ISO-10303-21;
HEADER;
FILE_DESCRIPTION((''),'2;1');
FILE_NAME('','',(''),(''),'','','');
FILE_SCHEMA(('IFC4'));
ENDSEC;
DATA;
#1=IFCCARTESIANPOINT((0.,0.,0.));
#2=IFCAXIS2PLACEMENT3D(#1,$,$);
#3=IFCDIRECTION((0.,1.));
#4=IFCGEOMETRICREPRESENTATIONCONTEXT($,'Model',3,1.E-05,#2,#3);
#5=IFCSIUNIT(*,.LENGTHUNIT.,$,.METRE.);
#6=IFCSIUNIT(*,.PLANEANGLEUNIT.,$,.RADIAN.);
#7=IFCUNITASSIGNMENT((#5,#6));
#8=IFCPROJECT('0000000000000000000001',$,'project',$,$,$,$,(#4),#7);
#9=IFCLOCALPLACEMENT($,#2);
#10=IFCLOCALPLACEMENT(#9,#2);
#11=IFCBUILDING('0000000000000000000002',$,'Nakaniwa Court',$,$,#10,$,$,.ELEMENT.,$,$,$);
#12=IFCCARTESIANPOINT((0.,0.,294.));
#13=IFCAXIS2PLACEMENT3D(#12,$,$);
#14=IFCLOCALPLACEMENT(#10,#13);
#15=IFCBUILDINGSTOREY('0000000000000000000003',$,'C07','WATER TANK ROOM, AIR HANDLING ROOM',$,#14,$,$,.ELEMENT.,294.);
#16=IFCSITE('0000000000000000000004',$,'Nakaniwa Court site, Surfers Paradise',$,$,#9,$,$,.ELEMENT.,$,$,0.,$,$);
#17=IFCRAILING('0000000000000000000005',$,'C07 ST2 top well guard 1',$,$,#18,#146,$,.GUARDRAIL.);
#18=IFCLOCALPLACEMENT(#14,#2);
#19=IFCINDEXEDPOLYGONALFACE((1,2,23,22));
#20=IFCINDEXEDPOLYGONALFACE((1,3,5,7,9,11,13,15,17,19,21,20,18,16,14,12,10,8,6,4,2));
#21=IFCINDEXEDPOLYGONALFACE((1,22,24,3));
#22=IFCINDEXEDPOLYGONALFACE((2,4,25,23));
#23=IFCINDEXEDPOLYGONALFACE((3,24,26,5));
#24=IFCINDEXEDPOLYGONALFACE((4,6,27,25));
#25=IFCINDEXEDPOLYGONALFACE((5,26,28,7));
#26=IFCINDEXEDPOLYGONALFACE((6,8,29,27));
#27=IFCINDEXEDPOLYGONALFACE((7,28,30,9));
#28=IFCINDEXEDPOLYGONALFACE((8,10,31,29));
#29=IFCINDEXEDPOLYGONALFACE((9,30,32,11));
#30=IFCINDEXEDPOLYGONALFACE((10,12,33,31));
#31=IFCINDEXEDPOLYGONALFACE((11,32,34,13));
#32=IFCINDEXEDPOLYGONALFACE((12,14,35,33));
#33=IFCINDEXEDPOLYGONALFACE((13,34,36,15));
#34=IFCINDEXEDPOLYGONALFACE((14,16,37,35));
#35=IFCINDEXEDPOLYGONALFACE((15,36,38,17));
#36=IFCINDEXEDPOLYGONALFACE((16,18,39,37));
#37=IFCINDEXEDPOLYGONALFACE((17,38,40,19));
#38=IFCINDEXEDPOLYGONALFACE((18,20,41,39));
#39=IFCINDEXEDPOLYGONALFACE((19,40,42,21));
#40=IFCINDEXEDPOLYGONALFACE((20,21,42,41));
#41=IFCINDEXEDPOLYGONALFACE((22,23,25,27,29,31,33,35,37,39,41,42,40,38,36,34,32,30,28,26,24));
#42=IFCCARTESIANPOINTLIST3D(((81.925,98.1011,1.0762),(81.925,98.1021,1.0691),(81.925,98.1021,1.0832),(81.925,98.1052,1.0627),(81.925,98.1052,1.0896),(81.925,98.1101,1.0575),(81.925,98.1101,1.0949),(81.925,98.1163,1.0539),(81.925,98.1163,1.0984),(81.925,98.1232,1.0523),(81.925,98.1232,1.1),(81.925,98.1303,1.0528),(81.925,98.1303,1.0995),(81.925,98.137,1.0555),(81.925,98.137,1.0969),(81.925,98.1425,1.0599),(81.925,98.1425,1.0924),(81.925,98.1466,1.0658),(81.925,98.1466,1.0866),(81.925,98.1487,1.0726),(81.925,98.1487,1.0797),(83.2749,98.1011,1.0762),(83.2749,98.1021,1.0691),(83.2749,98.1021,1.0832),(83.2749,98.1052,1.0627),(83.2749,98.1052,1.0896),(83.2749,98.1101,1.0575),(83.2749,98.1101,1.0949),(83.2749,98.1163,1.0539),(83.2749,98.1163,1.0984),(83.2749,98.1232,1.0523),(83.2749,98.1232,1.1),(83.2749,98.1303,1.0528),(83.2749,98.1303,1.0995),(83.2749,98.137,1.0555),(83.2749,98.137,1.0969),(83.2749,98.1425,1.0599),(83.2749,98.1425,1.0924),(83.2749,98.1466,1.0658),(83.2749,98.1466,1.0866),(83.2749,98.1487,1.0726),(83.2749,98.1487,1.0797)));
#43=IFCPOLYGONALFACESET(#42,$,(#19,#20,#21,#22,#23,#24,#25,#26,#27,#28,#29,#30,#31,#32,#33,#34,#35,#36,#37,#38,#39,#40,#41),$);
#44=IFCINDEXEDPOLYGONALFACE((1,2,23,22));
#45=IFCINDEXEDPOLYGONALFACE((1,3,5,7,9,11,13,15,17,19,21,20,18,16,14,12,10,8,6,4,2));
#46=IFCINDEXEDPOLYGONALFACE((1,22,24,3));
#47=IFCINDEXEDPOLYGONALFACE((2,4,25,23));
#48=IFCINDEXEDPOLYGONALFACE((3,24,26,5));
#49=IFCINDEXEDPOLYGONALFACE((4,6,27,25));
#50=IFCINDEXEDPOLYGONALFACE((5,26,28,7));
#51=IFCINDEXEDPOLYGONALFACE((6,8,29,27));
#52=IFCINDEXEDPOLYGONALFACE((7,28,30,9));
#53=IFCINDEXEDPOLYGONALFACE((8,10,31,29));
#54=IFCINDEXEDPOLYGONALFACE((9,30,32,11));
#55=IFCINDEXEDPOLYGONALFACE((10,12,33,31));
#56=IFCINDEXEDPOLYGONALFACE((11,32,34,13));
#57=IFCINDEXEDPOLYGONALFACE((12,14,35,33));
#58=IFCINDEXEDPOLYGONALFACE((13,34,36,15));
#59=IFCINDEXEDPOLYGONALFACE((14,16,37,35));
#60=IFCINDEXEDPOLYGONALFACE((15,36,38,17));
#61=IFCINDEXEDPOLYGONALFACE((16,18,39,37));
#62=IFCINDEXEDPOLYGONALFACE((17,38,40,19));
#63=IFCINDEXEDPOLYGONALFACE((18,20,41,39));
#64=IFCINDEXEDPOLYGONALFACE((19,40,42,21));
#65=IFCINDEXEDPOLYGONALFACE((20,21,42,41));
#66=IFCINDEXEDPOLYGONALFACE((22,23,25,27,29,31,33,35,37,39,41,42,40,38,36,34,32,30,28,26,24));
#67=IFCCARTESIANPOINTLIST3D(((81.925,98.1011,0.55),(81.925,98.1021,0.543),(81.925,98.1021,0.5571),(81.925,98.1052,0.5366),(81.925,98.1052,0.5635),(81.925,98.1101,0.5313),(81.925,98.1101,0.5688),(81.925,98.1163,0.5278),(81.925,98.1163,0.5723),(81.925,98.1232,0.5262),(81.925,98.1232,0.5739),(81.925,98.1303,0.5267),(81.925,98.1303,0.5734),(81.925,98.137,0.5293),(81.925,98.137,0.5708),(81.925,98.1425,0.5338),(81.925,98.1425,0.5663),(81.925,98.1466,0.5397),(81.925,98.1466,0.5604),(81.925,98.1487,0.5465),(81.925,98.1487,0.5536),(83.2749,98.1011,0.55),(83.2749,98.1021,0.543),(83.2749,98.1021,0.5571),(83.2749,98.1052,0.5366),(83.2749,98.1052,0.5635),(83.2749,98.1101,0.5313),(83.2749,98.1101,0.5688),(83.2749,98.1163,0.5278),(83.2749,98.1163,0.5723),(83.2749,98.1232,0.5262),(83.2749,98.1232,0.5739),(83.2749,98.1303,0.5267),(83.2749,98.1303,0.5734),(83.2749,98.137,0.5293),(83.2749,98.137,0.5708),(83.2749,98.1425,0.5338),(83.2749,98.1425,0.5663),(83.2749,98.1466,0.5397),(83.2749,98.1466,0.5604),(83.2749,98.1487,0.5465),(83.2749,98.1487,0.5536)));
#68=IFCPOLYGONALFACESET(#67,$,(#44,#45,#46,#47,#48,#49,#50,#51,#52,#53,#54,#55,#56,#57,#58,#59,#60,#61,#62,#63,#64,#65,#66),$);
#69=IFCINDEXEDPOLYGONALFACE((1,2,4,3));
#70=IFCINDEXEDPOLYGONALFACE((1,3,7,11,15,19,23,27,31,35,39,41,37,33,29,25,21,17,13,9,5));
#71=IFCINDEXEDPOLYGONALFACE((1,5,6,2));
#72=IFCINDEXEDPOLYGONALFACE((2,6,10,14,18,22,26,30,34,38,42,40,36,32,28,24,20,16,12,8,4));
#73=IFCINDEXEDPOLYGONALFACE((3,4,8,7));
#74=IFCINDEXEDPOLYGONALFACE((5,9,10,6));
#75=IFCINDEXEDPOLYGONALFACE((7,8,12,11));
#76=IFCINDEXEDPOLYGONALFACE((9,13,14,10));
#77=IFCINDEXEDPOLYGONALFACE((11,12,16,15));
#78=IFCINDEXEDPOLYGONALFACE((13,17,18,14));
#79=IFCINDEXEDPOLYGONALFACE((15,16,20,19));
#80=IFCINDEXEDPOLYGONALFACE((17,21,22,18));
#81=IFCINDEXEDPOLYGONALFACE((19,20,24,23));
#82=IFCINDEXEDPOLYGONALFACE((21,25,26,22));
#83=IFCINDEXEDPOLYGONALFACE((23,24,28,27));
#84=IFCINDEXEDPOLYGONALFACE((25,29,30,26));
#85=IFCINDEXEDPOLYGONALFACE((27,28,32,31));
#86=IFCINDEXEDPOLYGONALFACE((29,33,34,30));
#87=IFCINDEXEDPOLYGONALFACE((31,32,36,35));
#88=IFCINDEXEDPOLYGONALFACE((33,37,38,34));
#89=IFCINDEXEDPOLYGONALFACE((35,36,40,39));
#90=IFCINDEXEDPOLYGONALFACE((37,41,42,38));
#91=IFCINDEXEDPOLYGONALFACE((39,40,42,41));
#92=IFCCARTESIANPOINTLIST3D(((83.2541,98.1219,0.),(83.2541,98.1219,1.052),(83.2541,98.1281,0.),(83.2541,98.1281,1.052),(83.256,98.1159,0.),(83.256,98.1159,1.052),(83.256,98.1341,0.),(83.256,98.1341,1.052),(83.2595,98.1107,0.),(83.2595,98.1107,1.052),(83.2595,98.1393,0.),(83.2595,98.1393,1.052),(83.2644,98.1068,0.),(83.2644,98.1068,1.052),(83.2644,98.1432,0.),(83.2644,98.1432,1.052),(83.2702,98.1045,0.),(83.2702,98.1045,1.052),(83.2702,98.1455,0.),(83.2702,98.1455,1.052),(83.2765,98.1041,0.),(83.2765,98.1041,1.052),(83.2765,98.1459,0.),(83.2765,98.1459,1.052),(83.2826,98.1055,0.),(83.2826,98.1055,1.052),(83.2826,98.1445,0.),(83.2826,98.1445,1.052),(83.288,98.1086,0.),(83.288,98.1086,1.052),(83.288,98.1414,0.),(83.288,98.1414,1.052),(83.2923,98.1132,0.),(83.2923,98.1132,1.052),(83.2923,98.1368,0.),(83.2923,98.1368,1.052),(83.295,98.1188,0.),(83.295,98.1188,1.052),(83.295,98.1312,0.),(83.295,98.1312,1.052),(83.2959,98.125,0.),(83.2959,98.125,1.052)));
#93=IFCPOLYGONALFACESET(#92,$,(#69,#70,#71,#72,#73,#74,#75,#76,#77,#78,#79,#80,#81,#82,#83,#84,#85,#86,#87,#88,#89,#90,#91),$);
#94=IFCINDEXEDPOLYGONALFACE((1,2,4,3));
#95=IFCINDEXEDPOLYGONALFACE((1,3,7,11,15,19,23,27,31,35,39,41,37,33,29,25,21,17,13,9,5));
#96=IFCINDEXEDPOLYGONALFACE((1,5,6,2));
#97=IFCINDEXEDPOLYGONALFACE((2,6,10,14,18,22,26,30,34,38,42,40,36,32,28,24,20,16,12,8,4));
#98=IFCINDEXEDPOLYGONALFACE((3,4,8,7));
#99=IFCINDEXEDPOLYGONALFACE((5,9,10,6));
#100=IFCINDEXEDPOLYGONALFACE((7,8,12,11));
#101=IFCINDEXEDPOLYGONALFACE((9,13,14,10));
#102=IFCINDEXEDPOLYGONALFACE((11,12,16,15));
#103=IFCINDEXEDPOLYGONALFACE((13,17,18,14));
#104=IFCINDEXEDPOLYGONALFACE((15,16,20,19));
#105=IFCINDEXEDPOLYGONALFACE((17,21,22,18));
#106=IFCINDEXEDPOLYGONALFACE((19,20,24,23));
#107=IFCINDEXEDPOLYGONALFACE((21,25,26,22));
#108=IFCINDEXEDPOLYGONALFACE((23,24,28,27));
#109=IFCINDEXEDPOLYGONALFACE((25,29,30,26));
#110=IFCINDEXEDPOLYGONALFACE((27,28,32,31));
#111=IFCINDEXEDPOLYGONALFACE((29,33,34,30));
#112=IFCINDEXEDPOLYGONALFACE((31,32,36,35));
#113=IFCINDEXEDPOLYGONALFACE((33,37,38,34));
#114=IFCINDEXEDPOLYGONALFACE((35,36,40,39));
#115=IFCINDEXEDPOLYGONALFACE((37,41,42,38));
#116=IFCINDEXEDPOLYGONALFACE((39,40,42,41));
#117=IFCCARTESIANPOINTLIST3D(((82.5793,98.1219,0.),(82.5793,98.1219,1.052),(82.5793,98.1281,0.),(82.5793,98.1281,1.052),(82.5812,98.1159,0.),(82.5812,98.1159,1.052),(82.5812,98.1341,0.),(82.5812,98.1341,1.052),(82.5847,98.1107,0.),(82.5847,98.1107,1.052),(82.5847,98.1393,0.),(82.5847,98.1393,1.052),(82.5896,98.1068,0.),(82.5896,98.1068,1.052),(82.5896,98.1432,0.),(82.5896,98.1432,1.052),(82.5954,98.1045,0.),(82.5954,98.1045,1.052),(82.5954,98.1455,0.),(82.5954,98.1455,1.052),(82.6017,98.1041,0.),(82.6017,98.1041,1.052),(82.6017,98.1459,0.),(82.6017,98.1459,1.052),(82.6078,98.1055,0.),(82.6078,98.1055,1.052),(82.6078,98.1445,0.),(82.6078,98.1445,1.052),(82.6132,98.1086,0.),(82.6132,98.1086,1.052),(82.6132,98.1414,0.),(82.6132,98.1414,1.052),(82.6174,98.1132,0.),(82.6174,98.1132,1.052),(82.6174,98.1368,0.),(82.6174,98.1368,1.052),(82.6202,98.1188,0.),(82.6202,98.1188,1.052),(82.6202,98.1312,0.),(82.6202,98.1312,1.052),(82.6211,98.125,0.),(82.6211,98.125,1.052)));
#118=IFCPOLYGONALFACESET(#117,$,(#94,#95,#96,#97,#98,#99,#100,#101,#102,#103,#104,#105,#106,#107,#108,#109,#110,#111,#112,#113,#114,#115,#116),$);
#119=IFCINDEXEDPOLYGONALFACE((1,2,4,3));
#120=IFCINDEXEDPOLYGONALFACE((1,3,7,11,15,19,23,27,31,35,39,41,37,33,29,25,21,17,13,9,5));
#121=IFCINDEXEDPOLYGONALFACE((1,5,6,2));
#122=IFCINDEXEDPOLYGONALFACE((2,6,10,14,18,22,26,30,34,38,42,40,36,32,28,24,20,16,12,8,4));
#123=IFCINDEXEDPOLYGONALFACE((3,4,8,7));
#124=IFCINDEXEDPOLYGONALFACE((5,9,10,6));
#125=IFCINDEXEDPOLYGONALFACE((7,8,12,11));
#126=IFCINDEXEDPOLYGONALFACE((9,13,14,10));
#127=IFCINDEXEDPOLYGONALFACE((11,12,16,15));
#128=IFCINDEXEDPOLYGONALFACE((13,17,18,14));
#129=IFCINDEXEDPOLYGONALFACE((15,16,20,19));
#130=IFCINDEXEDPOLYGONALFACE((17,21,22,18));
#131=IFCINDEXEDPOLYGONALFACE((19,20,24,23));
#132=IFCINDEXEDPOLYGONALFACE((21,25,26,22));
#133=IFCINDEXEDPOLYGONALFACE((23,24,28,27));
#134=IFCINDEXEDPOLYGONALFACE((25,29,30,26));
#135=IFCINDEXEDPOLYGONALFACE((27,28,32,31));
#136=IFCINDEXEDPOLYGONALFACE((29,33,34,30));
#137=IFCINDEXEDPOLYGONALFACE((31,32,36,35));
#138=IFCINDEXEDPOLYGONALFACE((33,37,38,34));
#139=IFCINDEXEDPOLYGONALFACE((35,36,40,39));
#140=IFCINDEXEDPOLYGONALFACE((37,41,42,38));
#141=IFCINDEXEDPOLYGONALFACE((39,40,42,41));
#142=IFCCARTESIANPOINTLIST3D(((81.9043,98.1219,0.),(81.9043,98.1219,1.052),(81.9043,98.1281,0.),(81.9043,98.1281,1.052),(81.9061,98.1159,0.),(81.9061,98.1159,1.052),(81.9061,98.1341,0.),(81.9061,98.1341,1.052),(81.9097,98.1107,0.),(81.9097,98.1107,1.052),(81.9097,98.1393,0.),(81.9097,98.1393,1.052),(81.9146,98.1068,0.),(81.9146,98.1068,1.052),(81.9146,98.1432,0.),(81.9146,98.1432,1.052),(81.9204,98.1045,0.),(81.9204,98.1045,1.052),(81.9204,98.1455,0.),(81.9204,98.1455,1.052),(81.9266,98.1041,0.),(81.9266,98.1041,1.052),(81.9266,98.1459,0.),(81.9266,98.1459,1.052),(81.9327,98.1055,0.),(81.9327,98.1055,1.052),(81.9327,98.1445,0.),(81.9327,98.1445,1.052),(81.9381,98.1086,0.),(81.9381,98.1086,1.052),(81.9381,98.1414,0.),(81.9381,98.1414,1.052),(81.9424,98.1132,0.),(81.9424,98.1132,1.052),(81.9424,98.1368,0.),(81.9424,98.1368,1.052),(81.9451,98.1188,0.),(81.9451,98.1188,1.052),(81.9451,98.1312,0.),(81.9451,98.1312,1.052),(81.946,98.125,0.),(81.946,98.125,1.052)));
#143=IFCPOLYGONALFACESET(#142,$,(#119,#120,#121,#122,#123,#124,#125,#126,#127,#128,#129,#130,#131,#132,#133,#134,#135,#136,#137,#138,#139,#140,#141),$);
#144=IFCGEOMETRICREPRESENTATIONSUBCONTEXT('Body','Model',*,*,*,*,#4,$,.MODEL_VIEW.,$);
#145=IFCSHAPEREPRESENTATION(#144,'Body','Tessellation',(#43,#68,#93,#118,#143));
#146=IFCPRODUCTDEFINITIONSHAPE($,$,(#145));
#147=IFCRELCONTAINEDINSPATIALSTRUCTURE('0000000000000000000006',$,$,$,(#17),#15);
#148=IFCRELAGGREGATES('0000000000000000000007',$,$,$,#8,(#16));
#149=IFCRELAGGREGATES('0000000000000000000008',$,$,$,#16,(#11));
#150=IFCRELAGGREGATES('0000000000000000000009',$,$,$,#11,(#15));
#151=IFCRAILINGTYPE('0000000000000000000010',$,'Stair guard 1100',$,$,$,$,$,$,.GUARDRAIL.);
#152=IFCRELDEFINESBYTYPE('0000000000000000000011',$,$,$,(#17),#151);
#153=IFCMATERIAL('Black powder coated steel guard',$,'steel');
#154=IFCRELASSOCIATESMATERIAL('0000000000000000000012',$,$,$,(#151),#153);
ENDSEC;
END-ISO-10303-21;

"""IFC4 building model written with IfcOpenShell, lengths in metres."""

from ifc_helpers import new_model, si_unit, direction, frame, origin, origin_2d, place, context, subcontext, project, spatial, circle, extrude, material, type_object, element, save


model = new_model("IFC4")

# Units and contexts
model_context = context("Model", 3, precision=1e-05, world=origin(), true_north=direction((0.0, 1.0)))
body_context = subcontext(model_context, "Body", "Model", "MODEL_VIEW")
ifc_project = project(units=[si_unit("LENGTHUNIT", "METRE"), si_unit("PLANEANGLEUNIT", "RADIAN")], contexts=[model_context])

# Site, building, storey
site_placement = place(None, origin())
site = spatial("IfcSite", under=ifc_project, at=site_placement, Name="Nakaniwa Court site, Surfers Paradise", CompositionType="ELEMENT", RefElevation=0.0)
building_placement = place(site_placement, origin())
building = spatial("IfcBuilding", under=site, at=building_placement, Name="Nakaniwa Court", CompositionType="ELEMENT")
storey_placement = place(building_placement, frame((0.0, 0.0, 294.0)))
storey = spatial("IfcBuildingStorey", under=building, at=storey_placement, Name="C07", Description="WATER TANK ROOM, AIR HANDLING ROOM", CompositionType="ELEMENT", Elevation=294.0)

# Railing
ifc_material_1 = material(Name="Black powder coated steel guard", Category="steel")
railing_type = type_object("IfcRailingType", Name="Stair guard 1100", PredefinedType="GUARDRAIL", material=ifc_material_1)
railing_placement = place(storey_placement, frame((83.2749, 98.125, 0.0)))
element("IfcRailing", 1, at=railing_placement, inside=storey, type_object=railing_type, Name="C07 ST2 top well guard 1", PredefinedType="GUARDRAIL", context=body_context, shape_type="SweptSolid", body=[
    extrude(circle(Radius=0.0239, at=origin_2d()), frame((0.0, 0.0, 1.0762), z_axis=(-1.0, 0.0, 0.0), x_axis=(0.0, -1.0, 0.0)), (0.0, 0.0, 1.0), 1.3499),
    extrude(circle(Radius=0.0239, at=origin_2d()), frame((0.0, 0.0, 0.55), z_axis=(-1.0, 0.0, 0.0), x_axis=(0.0, -1.0, 0.0)), (0.0, 0.0, 1.0), 1.3499),
    extrude(circle(Radius=0.021, at=origin_2d()), origin(), (0.0, 0.0, 1.0), 1.052),
    extrude(circle(Radius=0.021, at=origin_2d()), frame((-0.6748, 0.0, 0.0)), (0.0, 0.0, 1.0), 1.052),
    extrude(circle(Radius=0.021, at=origin_2d()), frame((-1.3499, 0.0, 0.0)), (0.0, 0.0, 1.0), 1.052),
])

save(model, "model.ifc")
